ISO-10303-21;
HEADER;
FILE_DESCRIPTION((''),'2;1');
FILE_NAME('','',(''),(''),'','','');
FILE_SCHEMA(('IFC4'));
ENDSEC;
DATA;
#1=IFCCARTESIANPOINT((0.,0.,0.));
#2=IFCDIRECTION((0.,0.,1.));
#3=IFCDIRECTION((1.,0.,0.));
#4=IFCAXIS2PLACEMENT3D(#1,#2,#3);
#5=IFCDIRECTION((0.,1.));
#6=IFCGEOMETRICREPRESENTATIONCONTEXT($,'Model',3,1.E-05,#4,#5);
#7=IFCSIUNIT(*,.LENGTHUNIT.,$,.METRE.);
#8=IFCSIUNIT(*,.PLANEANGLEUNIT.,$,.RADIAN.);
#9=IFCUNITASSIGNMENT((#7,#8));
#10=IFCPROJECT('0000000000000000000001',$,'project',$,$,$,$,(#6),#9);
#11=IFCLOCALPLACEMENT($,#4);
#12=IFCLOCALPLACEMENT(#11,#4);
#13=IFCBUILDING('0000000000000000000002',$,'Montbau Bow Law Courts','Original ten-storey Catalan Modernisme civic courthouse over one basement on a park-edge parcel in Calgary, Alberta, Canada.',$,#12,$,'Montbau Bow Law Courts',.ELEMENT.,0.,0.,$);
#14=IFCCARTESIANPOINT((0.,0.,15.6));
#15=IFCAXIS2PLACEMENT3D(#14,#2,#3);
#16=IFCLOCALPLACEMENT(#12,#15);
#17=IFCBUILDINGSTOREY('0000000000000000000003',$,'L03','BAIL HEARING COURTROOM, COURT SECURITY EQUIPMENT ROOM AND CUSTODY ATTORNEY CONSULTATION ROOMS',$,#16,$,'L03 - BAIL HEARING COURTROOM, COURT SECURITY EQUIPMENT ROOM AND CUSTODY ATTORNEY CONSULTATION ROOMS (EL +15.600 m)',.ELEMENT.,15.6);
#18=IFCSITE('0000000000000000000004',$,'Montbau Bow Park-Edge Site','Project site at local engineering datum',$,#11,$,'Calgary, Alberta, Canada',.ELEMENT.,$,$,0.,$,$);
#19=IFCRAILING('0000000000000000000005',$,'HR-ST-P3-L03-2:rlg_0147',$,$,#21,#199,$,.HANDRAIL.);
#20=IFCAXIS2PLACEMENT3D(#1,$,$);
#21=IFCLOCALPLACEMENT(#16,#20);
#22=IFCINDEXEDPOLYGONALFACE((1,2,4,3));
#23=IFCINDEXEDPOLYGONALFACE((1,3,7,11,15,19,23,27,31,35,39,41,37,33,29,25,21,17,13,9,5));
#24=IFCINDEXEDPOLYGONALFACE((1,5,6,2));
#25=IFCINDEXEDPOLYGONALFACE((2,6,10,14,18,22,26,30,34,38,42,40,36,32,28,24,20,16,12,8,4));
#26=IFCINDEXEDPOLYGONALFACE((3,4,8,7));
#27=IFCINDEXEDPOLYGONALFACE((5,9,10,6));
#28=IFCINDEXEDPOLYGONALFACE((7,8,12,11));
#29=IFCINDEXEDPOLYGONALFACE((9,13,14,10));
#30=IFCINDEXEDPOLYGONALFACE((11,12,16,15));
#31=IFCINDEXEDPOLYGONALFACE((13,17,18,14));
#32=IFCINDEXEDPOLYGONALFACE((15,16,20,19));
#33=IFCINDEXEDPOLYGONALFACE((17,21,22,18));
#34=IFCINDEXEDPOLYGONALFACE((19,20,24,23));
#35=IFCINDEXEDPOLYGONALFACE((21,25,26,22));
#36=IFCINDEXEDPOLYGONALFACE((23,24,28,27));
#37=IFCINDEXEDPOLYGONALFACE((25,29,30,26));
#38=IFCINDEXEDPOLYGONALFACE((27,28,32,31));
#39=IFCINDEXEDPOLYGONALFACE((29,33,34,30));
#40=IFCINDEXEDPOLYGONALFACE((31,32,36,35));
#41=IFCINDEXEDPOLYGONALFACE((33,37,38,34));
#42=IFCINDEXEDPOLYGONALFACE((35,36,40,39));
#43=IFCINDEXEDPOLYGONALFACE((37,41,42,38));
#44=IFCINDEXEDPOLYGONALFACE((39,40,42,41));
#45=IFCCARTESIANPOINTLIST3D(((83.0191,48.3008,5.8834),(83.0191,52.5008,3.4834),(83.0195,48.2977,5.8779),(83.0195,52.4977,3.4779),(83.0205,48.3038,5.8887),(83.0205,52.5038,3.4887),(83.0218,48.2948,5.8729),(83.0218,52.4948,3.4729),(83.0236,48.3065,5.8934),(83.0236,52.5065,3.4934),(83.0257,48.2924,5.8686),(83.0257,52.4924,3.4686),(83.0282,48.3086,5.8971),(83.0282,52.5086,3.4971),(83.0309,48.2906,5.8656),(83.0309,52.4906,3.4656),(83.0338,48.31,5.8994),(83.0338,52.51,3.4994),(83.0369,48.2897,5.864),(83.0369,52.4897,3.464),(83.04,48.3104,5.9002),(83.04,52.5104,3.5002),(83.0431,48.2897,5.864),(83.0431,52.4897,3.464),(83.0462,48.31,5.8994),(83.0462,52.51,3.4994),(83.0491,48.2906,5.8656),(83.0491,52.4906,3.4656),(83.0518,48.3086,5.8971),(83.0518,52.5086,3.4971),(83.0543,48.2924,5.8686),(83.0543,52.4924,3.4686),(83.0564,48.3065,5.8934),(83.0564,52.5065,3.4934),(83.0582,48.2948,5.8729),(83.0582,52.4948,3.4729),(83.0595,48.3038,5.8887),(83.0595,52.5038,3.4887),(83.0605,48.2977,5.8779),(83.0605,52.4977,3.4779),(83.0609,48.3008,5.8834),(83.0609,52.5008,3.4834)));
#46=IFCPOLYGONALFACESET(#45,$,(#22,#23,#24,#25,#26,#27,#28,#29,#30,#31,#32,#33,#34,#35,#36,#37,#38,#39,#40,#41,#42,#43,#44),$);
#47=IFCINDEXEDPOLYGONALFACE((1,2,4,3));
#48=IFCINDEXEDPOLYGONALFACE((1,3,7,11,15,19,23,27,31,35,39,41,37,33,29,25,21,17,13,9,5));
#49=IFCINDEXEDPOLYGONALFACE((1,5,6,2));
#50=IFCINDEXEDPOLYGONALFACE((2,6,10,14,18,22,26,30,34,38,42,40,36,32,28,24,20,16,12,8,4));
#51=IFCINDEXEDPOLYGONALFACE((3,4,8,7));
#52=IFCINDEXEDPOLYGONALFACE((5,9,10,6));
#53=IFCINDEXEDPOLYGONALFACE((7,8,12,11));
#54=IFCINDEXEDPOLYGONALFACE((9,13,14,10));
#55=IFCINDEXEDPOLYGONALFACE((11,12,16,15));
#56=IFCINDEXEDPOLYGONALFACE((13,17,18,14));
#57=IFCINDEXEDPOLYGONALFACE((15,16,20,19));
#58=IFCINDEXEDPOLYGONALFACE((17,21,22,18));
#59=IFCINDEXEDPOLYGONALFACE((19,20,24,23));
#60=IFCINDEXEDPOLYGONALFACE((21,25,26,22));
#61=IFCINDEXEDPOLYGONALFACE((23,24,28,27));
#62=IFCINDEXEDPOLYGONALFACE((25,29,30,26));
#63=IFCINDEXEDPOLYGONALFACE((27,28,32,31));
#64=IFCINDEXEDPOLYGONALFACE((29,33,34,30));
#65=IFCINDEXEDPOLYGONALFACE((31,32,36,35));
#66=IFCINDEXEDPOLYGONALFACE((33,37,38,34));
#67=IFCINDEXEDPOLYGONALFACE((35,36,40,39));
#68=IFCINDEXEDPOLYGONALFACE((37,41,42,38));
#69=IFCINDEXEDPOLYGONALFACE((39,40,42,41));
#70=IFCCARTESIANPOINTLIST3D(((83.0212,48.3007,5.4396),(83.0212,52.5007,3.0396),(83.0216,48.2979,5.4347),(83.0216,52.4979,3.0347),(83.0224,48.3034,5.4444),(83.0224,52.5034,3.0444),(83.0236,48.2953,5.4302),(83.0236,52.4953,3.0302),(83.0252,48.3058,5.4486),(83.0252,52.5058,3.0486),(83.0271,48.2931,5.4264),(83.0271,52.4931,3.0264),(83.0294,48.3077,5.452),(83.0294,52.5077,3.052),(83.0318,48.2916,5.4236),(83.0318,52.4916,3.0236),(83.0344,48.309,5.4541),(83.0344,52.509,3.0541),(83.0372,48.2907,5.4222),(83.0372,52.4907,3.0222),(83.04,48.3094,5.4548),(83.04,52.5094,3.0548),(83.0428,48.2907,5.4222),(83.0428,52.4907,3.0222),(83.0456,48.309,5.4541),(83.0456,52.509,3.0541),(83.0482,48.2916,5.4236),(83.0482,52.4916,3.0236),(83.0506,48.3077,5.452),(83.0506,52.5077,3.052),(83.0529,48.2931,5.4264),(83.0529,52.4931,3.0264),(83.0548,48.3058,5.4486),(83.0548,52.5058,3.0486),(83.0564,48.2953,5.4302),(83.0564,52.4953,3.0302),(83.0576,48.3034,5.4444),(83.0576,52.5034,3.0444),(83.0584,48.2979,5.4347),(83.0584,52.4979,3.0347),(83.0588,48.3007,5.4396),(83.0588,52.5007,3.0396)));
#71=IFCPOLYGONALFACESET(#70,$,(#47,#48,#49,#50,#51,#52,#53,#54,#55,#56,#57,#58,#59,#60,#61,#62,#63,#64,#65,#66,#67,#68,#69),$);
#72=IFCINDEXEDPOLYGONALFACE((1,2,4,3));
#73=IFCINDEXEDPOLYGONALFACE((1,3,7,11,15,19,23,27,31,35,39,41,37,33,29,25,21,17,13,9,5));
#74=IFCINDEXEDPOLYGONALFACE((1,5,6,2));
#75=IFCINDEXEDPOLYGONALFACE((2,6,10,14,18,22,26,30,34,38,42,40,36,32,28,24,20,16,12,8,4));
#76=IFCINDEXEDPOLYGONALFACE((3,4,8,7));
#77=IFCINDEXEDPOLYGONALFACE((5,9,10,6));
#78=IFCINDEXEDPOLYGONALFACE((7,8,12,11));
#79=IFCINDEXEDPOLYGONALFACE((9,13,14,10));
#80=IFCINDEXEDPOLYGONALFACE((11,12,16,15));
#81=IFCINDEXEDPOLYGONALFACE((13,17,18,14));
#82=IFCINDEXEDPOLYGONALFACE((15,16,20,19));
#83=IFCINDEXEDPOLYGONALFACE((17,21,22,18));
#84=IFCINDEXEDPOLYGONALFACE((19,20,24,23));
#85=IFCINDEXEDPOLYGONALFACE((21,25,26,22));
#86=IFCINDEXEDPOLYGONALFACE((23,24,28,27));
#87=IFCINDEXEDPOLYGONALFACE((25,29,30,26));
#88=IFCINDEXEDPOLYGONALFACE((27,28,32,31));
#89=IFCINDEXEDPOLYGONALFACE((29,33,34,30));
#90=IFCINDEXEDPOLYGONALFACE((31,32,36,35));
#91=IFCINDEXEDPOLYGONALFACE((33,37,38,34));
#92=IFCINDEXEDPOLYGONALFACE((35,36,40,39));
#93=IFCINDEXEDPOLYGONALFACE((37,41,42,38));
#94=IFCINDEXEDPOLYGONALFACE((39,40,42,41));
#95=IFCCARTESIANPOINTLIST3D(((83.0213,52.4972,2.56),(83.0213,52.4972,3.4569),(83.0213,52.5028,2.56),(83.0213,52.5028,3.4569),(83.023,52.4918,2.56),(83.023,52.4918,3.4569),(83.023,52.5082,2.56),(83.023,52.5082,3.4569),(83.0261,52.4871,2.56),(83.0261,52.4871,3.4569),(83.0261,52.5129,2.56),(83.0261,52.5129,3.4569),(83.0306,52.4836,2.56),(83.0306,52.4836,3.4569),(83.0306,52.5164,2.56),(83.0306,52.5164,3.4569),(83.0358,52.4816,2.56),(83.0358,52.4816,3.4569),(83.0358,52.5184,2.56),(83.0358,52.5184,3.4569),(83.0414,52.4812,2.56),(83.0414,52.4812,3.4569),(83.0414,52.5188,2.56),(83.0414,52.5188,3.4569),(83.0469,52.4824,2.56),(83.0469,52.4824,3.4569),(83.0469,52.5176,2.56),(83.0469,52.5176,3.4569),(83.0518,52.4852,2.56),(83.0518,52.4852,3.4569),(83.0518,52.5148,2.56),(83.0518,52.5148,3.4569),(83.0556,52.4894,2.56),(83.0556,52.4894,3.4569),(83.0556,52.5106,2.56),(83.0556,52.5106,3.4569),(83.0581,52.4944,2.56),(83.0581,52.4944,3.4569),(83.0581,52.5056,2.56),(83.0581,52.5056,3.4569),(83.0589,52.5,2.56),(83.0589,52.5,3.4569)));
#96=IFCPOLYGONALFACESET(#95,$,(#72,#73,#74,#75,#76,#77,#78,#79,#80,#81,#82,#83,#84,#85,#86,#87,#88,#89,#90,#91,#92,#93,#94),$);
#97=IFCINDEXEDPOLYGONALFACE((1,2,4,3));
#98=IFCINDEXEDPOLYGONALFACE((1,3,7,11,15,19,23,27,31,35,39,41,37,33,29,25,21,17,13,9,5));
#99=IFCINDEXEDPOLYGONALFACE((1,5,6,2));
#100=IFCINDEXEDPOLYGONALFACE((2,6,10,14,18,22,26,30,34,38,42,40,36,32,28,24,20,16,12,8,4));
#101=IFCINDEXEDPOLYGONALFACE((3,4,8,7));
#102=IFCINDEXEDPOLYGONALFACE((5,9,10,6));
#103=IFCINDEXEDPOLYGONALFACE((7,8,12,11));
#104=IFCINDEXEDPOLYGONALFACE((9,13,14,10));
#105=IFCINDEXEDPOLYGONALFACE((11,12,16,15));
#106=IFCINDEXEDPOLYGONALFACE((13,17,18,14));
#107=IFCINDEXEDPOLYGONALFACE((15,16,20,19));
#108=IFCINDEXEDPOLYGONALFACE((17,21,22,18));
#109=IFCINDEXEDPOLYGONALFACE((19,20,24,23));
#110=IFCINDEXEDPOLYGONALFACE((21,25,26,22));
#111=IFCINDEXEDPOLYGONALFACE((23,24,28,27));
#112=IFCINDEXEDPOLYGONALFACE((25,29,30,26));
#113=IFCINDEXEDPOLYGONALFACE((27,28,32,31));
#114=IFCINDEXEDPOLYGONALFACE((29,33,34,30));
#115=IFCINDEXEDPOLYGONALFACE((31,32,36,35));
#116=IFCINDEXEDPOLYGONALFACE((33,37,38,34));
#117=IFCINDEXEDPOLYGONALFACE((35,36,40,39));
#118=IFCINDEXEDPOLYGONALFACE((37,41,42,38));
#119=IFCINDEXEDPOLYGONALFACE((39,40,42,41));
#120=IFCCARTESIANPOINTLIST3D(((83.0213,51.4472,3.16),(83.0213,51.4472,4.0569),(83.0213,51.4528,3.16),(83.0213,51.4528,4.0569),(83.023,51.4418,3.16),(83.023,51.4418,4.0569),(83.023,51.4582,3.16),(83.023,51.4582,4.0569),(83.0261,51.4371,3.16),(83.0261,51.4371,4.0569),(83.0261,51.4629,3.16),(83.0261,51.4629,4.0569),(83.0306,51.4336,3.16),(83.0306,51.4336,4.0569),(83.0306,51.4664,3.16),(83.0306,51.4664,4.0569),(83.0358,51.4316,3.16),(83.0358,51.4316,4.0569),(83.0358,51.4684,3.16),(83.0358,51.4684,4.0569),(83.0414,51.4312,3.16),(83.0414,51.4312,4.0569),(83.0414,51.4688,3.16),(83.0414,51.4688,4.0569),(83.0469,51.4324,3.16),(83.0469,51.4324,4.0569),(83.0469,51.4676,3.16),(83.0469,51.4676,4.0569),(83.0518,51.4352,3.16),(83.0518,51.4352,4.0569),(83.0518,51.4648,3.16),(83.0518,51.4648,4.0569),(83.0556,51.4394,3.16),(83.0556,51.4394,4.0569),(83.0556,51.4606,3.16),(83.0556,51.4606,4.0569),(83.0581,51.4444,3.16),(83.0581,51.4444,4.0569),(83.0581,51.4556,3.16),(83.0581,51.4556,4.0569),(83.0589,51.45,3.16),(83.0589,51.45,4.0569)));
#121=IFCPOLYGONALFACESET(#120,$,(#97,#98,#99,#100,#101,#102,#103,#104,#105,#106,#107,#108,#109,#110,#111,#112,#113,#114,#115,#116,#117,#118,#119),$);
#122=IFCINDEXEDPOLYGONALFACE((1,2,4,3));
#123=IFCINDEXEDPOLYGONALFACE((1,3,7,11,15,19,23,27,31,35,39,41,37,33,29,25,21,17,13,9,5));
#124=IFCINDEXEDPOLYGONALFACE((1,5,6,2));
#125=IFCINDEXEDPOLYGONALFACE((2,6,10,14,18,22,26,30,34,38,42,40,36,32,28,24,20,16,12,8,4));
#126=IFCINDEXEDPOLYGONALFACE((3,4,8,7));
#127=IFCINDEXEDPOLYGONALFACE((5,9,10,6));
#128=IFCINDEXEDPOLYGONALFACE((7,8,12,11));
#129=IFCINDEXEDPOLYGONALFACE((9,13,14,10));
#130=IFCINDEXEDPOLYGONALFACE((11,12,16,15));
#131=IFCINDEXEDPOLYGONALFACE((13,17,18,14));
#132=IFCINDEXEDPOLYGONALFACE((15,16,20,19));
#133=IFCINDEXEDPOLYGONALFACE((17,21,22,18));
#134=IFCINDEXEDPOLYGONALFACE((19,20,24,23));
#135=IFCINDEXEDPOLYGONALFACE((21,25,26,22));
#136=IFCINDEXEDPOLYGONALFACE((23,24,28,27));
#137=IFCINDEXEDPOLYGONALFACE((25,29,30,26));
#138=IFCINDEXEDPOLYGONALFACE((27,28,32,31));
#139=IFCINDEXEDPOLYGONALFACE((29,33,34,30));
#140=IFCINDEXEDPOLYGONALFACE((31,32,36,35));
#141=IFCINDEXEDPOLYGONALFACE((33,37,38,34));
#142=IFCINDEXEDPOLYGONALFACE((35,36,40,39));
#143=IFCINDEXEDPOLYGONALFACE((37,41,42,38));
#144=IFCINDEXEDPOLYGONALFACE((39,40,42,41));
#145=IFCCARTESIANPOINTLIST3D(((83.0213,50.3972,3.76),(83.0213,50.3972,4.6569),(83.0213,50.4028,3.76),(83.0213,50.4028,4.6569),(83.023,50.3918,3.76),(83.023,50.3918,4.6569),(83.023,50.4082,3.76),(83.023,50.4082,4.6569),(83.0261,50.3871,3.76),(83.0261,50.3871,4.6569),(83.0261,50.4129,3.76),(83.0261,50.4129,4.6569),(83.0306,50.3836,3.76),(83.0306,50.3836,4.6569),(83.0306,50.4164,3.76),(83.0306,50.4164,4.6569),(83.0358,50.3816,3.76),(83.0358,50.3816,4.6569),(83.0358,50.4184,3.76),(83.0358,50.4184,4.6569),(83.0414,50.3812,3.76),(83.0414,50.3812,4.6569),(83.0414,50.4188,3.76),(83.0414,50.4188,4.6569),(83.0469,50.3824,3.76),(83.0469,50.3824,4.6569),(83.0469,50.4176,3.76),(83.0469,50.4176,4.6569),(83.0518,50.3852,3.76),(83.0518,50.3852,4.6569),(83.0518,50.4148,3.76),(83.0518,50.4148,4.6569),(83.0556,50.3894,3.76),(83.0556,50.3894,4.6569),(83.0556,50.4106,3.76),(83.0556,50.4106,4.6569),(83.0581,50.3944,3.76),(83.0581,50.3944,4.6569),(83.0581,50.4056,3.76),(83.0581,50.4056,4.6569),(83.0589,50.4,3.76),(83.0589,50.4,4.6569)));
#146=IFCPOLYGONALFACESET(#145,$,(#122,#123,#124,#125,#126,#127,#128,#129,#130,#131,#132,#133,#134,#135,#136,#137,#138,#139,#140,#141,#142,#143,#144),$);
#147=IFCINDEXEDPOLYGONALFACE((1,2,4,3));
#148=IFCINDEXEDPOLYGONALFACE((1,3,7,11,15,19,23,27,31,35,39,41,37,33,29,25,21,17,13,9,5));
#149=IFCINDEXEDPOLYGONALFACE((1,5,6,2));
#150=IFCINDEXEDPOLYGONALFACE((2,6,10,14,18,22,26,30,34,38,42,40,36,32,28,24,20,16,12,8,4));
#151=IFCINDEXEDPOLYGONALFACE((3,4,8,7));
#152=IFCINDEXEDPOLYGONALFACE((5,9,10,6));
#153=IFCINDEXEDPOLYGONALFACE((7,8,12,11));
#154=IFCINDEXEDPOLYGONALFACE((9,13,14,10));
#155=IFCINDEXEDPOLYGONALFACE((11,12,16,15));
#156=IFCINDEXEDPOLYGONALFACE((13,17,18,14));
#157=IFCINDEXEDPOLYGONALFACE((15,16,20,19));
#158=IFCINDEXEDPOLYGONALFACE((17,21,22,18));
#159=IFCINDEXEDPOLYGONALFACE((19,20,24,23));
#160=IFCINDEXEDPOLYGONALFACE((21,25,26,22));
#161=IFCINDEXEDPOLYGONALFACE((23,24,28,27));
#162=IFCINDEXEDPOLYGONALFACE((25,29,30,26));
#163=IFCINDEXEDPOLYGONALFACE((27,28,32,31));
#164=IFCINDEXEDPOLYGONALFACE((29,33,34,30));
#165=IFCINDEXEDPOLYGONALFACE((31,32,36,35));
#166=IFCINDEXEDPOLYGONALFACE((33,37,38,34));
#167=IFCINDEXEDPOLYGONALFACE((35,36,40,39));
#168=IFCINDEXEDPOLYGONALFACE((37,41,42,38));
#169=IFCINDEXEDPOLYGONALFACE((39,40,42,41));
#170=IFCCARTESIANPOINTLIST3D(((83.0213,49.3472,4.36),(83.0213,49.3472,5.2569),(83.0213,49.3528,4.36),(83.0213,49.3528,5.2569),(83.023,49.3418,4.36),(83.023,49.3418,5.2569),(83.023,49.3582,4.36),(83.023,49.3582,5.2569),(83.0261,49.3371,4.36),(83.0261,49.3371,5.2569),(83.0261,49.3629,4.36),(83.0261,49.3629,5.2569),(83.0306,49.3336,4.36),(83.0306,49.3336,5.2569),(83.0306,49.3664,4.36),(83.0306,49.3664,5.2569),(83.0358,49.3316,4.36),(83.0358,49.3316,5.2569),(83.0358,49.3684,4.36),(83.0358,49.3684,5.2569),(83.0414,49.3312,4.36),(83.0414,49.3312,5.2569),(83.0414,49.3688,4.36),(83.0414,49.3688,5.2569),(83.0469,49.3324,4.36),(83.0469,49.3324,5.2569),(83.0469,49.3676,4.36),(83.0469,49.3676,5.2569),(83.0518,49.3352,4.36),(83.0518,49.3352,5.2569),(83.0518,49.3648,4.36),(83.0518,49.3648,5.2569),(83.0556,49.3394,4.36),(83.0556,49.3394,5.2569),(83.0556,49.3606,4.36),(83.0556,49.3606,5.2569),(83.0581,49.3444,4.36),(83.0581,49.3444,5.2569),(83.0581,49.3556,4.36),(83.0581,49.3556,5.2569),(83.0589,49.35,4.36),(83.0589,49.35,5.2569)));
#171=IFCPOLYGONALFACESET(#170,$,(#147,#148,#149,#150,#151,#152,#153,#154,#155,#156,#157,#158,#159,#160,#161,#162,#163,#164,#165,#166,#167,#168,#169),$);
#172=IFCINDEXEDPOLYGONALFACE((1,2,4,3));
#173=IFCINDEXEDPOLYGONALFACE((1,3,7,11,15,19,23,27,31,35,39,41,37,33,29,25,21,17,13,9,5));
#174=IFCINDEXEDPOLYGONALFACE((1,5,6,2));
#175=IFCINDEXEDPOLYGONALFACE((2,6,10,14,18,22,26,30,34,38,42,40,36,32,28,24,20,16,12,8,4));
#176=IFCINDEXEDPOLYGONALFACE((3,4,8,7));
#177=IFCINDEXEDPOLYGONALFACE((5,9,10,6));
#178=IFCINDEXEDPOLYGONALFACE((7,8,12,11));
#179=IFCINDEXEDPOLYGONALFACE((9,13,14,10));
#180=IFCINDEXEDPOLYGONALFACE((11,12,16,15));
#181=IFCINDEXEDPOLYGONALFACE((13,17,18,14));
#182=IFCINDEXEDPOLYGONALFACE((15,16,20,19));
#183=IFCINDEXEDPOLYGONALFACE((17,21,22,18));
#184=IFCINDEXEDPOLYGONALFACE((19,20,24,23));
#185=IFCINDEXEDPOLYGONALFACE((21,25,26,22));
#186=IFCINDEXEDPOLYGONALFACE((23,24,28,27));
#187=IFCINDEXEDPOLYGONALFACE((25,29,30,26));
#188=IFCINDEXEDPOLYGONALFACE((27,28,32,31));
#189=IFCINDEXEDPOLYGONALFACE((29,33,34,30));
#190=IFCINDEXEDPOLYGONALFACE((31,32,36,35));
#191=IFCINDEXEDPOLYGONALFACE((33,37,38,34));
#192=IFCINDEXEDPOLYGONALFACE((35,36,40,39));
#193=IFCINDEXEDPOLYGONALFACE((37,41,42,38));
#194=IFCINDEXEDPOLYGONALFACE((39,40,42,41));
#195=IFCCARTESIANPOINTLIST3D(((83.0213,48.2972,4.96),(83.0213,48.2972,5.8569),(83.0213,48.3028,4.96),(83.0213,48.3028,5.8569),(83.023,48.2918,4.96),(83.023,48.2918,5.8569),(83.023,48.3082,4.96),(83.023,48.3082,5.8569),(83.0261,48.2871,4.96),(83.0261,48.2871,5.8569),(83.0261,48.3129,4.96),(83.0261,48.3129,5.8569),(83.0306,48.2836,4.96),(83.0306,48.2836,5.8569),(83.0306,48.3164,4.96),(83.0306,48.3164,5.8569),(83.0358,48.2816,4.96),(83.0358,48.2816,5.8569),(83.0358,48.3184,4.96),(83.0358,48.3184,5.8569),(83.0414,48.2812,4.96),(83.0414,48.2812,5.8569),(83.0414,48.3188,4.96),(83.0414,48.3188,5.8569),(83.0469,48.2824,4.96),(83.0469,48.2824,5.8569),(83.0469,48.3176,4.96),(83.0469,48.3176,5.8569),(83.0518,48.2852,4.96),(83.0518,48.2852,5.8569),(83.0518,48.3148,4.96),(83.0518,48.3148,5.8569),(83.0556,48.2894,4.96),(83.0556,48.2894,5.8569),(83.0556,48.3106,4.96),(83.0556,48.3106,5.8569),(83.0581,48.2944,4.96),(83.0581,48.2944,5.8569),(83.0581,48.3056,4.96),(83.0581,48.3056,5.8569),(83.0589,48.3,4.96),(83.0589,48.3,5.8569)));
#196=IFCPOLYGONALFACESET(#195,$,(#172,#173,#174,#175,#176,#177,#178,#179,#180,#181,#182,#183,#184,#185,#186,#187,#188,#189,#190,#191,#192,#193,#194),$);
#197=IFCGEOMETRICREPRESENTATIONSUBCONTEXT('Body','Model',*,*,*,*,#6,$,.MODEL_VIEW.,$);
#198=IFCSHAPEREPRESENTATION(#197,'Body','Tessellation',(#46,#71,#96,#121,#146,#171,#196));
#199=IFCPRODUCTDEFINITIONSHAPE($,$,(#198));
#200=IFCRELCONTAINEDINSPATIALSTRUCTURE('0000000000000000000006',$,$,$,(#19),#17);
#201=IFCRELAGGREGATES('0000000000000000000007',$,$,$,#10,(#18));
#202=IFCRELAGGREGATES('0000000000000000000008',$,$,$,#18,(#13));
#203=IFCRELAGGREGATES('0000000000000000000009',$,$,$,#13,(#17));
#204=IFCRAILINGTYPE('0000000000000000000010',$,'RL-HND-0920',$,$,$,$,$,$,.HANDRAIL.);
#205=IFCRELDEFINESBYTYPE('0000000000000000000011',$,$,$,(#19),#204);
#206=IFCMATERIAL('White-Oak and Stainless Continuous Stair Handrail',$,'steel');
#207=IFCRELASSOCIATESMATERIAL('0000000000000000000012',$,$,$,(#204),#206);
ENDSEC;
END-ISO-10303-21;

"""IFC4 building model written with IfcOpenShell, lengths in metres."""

from ifc_helpers import new_model, si_unit, direction, frame, origin_with_axes, origin_2d_with_axis, place, context, subcontext, project, spatial, circle, extrude, material, type_object, element, save


model = new_model("IFC4")

# Units and contexts
model_context = context("Model", 3, precision=1e-05, world=origin_with_axes(), true_north=direction((0.0, 1.0)))
body_context = subcontext(model_context, "Body", "Model", "MODEL_VIEW")
ifc_project = project(units=[si_unit("LENGTHUNIT", "METRE"), si_unit("PLANEANGLEUNIT", "RADIAN")], contexts=[model_context])

# Site, building, storey
site_placement = place(None, origin_with_axes())
site = spatial("IfcSite", under=ifc_project, at=site_placement, Name="Montbau Bow Park-Edge Site", Description="Project site at local engineering datum", LongName="Calgary, Alberta, Canada", CompositionType="ELEMENT", RefElevation=0.0)
building_placement = place(site_placement, origin_with_axes())
building = spatial("IfcBuilding", under=site, at=building_placement, Name="Montbau Bow Law Courts", Description="Original ten-storey Catalan Modernisme civic courthouse over one basement on a park-edge parcel in Calgary, Alberta, Canada.", LongName="Montbau Bow Law Courts", CompositionType="ELEMENT", ElevationOfRefHeight=0.0, ElevationOfTerrain=0.0)
storey_placement = place(building_placement, frame((0.0, 0.0, 15.6), z_axis=(0.0, 0.0, 1.0), x_axis=(1.0, 0.0, 0.0)))
storey = spatial("IfcBuildingStorey", under=building, at=storey_placement, Name="L03", Description="BAIL HEARING COURTROOM, COURT SECURITY EQUIPMENT ROOM AND CUSTODY ATTORNEY CONSULTATION ROOMS", LongName="L03 - BAIL HEARING COURTROOM, COURT SECURITY EQUIPMENT ROOM AND CUSTODY ATTORNEY CONSULTATION ROOMS (EL +15.600 m)", CompositionType="ELEMENT", Elevation=15.6)

# Railing
ifc_material_1 = material(Name="White-Oak and Stainless Continuous Stair Handrail", Category="steel")
railing_type_1 = type_object("IfcRailingType", Name="RL-HND-0920", PredefinedType="HANDRAIL", material=ifc_material_1)
railing_1_placement = place(None, origin_with_axes())
element("IfcRailing", 1, at=railing_1_placement, inside=storey, type_object=railing_type_1, Name="HR-ST-P3-L03-2:rlg_0147", PredefinedType="HANDRAIL", context=body_context, shape_type="SweptSolid", body=[
    extrude(circle(Radius=0.021, at=origin_2d_with_axis()), frame((83.04, 52.5, 19.082), z_axis=(0.0, -0.868243, 0.496139), x_axis=(0.0, 0.496139, 0.868243)), (0.0, 0.0, 1.0), 4.8374),
    extrude(circle(Radius=0.0189, at=origin_2d_with_axis()), frame((83.04, 52.5, 18.6384), z_axis=(0.0, -0.868243, 0.496139), x_axis=(0.0, 0.496139, 0.868243)), (0.0, 0.0, 1.0), 4.8374),
    extrude(circle(Radius=0.0189, at=origin_2d_with_axis()), frame((83.04, 52.5, 18.16), z_axis=(0.0, 0.0, 1.0), x_axis=(1.0, 0.0, 0.0)), (0.0, 0.0, 1.0), 0.8969),
    extrude(circle(Radius=0.0189, at=origin_2d_with_axis()), frame((83.04, 51.45, 18.76), z_axis=(0.0, 0.0, 1.0), x_axis=(1.0, 0.0, 0.0)), (0.0, 0.0, 1.0), 0.8969),
    extrude(circle(Radius=0.0189, at=origin_2d_with_axis()), frame((83.04, 50.4, 19.36), z_axis=(0.0, 0.0, 1.0), x_axis=(1.0, 0.0, 0.0)), (0.0, 0.0, 1.0), 0.8969),
    extrude(circle(Radius=0.0189, at=origin_2d_with_axis()), frame((83.04, 49.35, 19.96), z_axis=(0.0, 0.0, 1.0), x_axis=(1.0, 0.0, 0.0)), (0.0, 0.0, 1.0), 0.8969),
    extrude(circle(Radius=0.0189, at=origin_2d_with_axis()), frame((83.04, 48.3, 20.56), z_axis=(0.0, 0.0, 1.0), x_axis=(1.0, 0.0, 0.0)), (0.0, 0.0, 1.0), 0.8969),
])

save(model, "model.ifc")
